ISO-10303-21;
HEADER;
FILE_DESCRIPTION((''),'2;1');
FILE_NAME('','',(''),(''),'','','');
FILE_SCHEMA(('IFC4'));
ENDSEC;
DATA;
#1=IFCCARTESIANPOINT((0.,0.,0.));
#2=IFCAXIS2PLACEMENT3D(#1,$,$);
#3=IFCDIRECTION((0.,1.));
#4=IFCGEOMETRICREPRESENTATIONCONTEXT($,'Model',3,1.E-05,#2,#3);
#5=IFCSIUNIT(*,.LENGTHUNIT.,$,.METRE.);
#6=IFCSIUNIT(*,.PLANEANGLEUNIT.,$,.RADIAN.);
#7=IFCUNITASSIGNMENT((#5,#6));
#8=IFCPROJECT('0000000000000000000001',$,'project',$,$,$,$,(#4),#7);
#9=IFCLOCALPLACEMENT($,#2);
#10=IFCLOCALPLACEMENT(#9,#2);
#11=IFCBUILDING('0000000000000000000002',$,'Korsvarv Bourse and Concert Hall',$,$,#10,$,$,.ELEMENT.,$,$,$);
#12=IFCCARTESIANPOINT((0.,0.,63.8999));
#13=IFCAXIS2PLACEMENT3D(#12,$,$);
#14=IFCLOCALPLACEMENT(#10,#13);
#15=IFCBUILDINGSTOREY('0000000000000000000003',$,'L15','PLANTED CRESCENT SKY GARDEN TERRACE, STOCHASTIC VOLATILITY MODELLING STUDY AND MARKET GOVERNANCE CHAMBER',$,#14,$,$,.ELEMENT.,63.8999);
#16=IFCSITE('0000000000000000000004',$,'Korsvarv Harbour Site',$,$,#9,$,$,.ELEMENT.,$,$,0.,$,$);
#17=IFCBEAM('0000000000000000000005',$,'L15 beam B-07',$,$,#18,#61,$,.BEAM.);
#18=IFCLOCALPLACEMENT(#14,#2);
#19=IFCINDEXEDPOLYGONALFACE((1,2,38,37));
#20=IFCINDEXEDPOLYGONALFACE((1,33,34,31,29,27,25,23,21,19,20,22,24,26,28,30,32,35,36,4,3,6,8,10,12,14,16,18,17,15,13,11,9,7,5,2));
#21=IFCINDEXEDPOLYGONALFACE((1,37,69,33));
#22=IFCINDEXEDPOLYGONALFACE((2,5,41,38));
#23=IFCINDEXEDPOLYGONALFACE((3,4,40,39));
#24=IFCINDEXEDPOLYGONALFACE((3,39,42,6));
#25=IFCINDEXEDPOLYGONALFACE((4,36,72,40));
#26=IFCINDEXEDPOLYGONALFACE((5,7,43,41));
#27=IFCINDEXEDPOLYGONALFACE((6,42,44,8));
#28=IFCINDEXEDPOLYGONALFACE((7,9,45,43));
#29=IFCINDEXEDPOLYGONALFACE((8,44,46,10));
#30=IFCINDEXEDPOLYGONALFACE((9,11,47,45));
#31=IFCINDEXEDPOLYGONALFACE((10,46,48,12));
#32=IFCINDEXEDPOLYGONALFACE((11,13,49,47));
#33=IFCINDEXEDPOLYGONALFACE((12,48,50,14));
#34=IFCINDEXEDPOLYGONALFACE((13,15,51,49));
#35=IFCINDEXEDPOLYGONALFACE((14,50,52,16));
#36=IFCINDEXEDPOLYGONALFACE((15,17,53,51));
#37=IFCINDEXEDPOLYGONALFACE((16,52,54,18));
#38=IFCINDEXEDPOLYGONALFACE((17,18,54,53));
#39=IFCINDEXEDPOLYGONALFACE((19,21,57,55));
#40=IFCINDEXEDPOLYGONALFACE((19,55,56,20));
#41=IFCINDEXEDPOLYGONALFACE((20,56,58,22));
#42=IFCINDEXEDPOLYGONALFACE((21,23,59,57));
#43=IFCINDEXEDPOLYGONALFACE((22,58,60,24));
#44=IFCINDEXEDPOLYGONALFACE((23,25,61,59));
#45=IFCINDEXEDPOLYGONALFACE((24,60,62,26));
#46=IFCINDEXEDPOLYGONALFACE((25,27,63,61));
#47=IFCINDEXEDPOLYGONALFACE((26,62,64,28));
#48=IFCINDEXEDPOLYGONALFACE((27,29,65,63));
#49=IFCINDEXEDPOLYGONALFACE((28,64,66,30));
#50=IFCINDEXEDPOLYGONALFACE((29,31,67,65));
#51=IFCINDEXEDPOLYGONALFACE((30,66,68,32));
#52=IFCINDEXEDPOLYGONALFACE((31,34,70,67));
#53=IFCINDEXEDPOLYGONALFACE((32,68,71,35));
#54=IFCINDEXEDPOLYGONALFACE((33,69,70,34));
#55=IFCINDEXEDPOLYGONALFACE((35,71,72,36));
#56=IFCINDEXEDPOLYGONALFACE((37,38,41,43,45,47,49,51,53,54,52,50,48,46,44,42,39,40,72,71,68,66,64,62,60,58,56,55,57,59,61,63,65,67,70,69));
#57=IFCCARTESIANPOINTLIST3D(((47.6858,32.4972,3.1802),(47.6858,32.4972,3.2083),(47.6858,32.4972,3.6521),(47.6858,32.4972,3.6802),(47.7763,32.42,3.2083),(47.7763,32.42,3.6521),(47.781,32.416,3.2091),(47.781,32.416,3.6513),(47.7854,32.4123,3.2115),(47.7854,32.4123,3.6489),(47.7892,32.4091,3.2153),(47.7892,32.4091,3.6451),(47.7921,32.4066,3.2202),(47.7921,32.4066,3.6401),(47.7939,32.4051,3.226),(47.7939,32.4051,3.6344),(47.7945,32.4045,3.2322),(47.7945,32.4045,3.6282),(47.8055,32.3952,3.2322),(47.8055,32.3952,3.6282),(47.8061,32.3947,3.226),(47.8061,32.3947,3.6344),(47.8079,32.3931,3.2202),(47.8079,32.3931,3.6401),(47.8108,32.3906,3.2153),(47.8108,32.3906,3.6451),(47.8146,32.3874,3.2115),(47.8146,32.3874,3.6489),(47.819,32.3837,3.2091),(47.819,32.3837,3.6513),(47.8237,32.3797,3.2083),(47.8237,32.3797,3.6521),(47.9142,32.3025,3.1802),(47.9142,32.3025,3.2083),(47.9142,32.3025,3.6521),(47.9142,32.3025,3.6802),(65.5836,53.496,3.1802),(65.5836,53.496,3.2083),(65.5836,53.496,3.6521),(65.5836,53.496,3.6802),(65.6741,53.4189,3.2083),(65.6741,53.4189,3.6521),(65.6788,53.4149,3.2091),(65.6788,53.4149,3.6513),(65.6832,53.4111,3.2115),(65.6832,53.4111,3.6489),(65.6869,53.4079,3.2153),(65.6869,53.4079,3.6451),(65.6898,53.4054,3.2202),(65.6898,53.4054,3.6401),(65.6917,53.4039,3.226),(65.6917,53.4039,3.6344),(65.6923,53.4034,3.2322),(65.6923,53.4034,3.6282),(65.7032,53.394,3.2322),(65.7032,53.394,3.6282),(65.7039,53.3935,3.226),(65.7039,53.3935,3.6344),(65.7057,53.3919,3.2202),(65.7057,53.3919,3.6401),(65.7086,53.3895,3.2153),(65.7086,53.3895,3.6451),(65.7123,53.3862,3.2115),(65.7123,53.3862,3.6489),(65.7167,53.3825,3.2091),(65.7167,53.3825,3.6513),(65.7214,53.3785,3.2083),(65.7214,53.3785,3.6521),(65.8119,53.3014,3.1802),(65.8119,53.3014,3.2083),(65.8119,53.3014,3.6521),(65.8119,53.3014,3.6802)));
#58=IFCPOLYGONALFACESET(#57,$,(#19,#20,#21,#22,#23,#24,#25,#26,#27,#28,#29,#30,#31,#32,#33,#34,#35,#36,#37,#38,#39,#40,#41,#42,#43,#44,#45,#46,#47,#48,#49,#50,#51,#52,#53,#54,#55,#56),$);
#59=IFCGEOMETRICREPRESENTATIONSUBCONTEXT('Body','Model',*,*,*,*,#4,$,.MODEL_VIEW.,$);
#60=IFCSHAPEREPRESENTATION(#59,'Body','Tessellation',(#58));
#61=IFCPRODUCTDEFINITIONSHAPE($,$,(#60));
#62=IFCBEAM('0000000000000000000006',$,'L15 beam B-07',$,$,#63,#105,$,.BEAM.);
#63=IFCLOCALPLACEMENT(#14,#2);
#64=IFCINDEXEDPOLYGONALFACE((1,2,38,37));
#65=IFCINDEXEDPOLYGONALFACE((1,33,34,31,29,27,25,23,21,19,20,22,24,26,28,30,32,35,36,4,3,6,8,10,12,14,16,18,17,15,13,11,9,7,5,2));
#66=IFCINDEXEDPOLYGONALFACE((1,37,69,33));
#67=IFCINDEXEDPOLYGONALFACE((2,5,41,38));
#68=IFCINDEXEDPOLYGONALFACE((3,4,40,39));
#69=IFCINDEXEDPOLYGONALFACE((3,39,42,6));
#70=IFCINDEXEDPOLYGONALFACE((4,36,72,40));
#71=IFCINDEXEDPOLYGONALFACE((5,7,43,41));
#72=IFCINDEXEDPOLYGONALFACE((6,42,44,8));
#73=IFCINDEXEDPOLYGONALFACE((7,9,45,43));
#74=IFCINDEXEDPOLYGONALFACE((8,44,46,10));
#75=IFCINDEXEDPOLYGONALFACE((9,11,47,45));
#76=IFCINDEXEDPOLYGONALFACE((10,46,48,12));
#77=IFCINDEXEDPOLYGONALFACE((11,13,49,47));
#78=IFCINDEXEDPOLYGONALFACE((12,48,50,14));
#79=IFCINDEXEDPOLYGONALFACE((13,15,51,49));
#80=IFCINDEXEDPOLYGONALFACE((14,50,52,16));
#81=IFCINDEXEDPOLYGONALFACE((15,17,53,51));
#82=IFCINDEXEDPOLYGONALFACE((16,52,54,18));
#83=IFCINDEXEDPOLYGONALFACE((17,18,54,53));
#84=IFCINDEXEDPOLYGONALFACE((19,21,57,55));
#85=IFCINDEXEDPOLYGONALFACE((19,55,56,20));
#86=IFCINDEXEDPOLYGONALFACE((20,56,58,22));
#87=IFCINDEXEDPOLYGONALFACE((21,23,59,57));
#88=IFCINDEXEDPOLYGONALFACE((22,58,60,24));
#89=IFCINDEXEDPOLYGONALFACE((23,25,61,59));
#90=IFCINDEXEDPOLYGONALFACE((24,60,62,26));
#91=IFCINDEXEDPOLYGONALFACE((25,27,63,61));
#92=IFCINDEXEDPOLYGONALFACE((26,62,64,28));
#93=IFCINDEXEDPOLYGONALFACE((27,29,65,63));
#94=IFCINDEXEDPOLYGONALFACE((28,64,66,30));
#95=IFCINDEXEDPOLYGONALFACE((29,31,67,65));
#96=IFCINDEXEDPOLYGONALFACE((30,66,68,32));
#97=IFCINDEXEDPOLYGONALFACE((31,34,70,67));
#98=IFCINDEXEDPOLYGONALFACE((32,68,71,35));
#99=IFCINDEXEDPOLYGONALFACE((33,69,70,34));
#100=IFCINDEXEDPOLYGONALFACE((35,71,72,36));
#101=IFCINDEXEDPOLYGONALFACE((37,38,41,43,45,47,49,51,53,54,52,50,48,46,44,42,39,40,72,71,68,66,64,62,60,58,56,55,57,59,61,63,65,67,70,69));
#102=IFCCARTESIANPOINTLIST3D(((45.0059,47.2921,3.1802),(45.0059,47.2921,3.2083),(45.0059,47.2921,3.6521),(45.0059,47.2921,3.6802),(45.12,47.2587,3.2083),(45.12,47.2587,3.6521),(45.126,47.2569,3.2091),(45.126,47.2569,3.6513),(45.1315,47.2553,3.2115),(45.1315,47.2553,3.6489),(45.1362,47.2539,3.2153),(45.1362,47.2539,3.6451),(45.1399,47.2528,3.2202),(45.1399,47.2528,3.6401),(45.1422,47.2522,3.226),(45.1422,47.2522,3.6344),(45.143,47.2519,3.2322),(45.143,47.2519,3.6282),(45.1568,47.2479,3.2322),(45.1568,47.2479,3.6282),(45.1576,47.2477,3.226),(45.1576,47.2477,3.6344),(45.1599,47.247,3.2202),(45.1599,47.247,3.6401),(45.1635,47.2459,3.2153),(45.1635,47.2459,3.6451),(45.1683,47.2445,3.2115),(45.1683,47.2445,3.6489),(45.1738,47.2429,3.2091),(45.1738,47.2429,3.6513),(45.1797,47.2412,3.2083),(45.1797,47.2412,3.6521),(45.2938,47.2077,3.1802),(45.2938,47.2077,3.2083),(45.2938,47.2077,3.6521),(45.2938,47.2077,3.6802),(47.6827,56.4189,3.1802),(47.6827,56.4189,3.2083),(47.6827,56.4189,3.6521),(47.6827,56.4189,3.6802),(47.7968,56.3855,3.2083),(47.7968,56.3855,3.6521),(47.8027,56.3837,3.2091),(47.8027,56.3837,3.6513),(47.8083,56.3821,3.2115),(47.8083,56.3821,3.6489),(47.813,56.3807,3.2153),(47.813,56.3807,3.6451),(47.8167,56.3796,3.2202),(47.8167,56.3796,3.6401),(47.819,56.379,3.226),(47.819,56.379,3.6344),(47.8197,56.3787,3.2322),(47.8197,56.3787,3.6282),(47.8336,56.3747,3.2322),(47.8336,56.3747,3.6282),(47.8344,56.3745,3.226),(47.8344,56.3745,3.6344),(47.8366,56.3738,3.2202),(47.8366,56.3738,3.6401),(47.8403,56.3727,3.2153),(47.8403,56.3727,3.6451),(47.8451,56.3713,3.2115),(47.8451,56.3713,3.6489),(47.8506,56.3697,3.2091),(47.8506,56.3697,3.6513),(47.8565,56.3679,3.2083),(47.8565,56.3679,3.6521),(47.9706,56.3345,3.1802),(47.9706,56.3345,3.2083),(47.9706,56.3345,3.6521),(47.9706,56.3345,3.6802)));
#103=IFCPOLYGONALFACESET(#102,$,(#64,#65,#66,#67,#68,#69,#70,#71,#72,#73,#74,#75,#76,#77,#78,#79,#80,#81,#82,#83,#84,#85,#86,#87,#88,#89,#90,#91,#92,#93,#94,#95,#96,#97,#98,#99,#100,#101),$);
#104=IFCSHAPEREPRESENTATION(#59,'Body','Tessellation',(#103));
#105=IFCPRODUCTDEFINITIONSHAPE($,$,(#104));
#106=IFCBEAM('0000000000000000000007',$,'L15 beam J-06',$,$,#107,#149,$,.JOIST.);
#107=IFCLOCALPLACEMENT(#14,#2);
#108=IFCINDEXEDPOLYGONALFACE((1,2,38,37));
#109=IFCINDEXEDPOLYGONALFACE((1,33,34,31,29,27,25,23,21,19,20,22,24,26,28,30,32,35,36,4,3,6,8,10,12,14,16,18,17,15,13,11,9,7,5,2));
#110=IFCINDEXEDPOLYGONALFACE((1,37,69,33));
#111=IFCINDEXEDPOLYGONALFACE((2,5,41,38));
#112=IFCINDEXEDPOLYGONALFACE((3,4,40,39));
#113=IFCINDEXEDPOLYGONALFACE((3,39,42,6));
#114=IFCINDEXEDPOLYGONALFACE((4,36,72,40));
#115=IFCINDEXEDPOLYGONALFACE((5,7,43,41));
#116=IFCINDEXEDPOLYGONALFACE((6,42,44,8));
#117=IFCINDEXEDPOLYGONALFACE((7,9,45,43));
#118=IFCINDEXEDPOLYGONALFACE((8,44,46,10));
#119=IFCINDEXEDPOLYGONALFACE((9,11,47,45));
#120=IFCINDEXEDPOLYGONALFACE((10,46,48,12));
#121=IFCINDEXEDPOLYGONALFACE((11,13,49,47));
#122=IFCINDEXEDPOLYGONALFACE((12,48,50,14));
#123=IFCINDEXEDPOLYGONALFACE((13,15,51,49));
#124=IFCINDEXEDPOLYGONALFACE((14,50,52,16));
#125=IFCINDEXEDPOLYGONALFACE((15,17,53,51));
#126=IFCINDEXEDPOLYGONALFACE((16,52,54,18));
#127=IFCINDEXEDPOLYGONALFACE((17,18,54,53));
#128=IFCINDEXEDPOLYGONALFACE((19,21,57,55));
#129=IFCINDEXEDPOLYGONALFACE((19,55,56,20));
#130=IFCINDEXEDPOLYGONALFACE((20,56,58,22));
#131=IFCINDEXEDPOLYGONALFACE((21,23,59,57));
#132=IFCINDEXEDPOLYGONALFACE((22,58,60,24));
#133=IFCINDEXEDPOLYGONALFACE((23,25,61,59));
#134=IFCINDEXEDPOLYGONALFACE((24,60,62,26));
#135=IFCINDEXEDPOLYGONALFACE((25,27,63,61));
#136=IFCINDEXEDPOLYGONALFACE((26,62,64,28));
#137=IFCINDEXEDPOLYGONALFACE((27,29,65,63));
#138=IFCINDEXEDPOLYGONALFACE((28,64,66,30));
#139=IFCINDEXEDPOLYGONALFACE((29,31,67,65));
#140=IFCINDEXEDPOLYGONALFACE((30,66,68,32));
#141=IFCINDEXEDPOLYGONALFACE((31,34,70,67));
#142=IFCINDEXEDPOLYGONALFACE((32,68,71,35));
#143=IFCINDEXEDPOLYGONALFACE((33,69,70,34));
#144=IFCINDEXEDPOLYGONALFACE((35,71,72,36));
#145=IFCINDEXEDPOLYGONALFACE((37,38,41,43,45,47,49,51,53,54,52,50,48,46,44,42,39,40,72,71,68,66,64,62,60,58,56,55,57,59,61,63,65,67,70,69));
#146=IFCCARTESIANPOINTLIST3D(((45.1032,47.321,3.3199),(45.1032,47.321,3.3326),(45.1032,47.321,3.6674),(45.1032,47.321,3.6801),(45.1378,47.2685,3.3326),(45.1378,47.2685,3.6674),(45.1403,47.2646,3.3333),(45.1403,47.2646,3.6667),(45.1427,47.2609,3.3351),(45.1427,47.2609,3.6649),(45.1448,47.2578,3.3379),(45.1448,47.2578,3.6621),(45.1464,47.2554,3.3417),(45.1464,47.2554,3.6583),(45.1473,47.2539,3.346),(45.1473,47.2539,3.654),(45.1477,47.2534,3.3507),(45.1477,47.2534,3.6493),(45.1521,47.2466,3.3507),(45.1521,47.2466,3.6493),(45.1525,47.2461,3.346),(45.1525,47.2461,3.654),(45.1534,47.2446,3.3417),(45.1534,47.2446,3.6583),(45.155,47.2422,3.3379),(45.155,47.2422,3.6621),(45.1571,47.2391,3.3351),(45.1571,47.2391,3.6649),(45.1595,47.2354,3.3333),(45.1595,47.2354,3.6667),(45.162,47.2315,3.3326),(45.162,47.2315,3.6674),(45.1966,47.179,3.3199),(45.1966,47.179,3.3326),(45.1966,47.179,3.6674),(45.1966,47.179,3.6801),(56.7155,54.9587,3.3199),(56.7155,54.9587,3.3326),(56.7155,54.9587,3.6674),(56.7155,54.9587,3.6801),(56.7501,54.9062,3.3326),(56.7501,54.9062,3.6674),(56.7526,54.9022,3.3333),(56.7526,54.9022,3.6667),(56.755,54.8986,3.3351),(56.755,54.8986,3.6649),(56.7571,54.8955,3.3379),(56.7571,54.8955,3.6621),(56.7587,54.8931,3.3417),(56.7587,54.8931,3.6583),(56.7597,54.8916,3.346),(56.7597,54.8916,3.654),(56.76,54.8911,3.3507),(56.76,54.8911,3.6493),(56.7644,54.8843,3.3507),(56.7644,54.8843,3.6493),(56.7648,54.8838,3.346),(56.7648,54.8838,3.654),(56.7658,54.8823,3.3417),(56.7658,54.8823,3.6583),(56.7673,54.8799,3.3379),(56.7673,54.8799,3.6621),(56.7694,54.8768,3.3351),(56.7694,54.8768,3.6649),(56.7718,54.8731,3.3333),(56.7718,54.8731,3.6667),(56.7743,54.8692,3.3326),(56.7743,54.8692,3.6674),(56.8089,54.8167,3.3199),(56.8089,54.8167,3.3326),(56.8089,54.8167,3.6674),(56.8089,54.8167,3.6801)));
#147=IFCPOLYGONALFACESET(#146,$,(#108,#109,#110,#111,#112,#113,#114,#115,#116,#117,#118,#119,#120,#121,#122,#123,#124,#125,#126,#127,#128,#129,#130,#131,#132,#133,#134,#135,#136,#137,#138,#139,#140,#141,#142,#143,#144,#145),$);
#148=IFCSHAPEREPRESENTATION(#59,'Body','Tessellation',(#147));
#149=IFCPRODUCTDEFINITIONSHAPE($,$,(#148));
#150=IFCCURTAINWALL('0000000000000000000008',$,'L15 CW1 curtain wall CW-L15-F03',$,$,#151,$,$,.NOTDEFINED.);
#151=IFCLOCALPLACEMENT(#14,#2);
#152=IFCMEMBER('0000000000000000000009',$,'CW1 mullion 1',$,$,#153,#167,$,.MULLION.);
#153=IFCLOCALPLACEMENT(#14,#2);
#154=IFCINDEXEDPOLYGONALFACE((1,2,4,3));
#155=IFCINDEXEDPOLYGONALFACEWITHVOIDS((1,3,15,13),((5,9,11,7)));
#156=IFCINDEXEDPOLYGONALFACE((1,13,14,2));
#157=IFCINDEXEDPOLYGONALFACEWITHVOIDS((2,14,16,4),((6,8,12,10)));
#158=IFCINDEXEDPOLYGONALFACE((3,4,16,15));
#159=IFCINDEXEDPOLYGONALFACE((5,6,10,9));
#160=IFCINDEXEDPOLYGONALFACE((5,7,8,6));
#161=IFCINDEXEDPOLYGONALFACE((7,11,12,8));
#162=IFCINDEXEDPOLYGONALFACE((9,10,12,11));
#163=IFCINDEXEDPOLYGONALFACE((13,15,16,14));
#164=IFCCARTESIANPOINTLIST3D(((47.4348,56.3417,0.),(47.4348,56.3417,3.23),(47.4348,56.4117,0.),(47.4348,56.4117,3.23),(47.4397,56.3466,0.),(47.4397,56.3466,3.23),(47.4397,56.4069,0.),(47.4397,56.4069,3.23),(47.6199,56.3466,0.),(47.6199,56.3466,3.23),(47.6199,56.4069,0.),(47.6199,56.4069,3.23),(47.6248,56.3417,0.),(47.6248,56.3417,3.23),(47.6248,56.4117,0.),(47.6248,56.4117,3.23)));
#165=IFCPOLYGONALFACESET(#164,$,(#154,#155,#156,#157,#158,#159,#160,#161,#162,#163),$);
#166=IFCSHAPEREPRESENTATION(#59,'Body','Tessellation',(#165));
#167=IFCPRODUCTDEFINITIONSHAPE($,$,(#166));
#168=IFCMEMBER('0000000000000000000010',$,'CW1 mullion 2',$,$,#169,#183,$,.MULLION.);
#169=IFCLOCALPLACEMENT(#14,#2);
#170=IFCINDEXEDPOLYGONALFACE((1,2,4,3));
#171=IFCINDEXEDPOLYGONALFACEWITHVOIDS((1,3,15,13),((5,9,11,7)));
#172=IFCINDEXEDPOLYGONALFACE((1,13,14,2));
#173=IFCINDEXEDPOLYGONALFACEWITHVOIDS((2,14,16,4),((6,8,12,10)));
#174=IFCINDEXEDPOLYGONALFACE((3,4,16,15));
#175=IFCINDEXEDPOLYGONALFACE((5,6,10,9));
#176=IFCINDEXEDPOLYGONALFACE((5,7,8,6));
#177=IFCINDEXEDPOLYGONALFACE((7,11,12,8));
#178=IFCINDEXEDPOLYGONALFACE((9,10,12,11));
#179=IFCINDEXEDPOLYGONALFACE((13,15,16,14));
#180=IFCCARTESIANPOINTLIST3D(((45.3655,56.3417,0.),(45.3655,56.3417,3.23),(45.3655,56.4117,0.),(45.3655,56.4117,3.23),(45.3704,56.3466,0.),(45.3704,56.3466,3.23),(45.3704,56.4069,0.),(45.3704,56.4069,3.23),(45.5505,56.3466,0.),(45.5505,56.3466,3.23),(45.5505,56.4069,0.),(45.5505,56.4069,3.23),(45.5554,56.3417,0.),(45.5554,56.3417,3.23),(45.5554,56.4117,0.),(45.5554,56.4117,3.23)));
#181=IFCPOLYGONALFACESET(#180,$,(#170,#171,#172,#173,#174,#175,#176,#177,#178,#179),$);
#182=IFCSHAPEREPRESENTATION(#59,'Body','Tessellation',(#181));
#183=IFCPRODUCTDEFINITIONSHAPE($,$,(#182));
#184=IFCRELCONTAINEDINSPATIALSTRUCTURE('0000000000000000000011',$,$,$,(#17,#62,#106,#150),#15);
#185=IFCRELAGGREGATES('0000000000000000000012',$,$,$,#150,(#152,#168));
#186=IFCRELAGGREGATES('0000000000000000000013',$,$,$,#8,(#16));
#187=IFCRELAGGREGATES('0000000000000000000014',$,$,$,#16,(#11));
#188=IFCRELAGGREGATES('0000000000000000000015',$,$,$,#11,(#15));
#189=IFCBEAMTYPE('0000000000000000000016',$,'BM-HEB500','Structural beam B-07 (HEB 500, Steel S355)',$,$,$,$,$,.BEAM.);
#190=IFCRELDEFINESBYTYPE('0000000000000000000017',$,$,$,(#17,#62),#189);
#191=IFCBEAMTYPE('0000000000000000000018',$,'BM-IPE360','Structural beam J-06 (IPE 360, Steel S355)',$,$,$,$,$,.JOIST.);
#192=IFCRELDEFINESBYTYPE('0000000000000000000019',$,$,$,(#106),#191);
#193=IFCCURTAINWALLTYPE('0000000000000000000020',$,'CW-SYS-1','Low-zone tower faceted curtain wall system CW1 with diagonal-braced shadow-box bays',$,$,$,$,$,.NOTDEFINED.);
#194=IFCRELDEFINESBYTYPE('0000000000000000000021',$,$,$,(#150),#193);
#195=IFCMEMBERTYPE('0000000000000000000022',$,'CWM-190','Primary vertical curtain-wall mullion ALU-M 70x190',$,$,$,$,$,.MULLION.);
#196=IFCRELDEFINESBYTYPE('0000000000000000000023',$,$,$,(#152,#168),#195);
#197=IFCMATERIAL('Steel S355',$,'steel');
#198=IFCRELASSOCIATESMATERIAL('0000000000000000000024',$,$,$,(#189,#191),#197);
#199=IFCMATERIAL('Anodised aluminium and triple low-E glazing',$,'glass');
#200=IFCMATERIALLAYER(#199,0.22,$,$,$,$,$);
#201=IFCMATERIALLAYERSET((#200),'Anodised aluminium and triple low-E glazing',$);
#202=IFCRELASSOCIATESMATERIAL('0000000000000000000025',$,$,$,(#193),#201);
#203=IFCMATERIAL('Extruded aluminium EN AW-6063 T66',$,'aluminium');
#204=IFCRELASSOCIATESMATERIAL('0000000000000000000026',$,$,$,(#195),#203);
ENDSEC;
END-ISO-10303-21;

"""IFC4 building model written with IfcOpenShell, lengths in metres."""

from ifc_helpers import new_model, si_unit, direction, frame, origin, origin_2d, place, context, subcontext, project, spatial, hollow_rectangle, i_section, extrude, source, transform, mapped, material, layer, layer_set, material_profile, profile_set, type_object, element, aggregate, save


model = new_model("IFC4")

# Units and contexts
model_context = context("Model", 3, precision=1e-05, world=origin(), true_north=direction((0.0, 1.0)))
body_context = subcontext(model_context, "Body", "Model", "MODEL_VIEW")
ifc_project = project(units=[si_unit("LENGTHUNIT", "METRE"), si_unit("PLANEANGLEUNIT", "RADIAN")], contexts=[model_context])

# Site, building, storey
site_placement = place(None, origin())
site = spatial("IfcSite", under=ifc_project, at=site_placement, Name="Korsvarv Harbour Site", CompositionType="ELEMENT", RefElevation=0.0)
building_placement = place(site_placement, origin())
building = spatial("IfcBuilding", under=site, at=building_placement, Name="Korsvarv Bourse and Concert Hall", CompositionType="ELEMENT")
storey_placement = place(building_placement, frame((0.0, 0.0, 63.8999)))
storey = spatial("IfcBuildingStorey", under=building, at=storey_placement, Name="L15", Description="PLANTED CRESCENT SKY GARDEN TERRACE, STOCHASTIC VOLATILITY MODELLING STUDY AND MARKET GOVERNANCE CHAMBER", CompositionType="ELEMENT", Elevation=63.8999)

# Beams
ifc_material_1 = material(Name="Steel S355", Category="steel")
ifc_material_profile_1 = material_profile(ifc_material_1, i_section(OverallWidth=0.3, OverallDepth=0.5, WebThickness=0.0144, FlangeThickness=0.0281, FilletRadius=0.0239, at=origin_2d()), Name="HEB 500")
ifc_profile_set_1 = profile_set([ifc_material_profile_1], Name="Steel S355")
beam_type_1 = type_object("IfcBeamType", Name="BM-HEB500", Description="Structural beam B-07 (HEB 500, Steel S355)", PredefinedType="BEAM", material=ifc_profile_set_1)
shared_shape_1 = source(origin(), body_context, "Body", "SweptSolid", [
    extrude(i_section(OverallWidth=0.3, OverallDepth=0.5, WebThickness=0.0144, FlangeThickness=0.0281, FilletRadius=0.0239, at=origin_2d()), origin(), (0.0, 0.0, 1.0), 27.5913),
])
beam_1_placement = place(storey_placement, frame((65.6978, 53.3987, 3.4302), z_axis=(-0.648673, -0.761067, 0.0), x_axis=(0.761067, -0.648673, 0.0)))
element("IfcBeam", 1, at=beam_1_placement, inside=storey, type_object=beam_type_1, Name="L15 beam B-07", PredefinedType="BEAM", context=body_context, shape_type="MappedRepresentation", body=[
    mapped(shared_shape_1, transform((0.0, 0.0, 0.0), scale=1.0)),
])
shared_shape_2 = source(origin(), body_context, "Body", "SweptSolid", [
    extrude(i_section(OverallWidth=0.3, OverallDepth=0.5, WebThickness=0.0144, FlangeThickness=0.0281, FilletRadius=0.0239, at=origin_2d()), origin(), (0.0, 0.0, 1.0), 9.5112),
])
beam_2_placement = place(storey_placement, frame((47.8267, 56.3767, 3.4302), z_axis=(-0.281434, -0.959581, 0.0), x_axis=(0.959581, -0.281434, 0.0)))
element("IfcBeam", 2, at=beam_2_placement, inside=storey, type_object=beam_type_1, Name="L15 beam B-07", PredefinedType="BEAM", context=body_context, shape_type="MappedRepresentation", body=[
    mapped(shared_shape_2, transform((0.0, 0.0, 0.0), scale=1.0)),
])
ifc_material_profile_2 = material_profile(ifc_material_1, i_section(OverallWidth=0.1699, OverallDepth=0.3601, WebThickness=0.0081, FlangeThickness=0.0127, FilletRadius=0.0181, at=origin_2d()), Name="IPE 360")
ifc_profile_set_2 = profile_set([ifc_material_profile_2], Name="Steel S355")
beam_type_2 = type_object("IfcBeamType", Name="BM-IPE360", Description="Structural beam J-06 (IPE 360, Steel S355)", PredefinedType="JOIST", material=ifc_profile_set_2)
shared_shape_3 = source(origin(), body_context, "Body", "SweptSolid", [
    extrude(i_section(OverallWidth=0.1699, OverallDepth=0.3601, WebThickness=0.0081, FlangeThickness=0.0127, FilletRadius=0.0181, at=origin_2d()), origin(), (0.0, 0.0, 1.0), 13.8989),
])
beam_3_placement = place(storey_placement, frame((56.7622, 54.8877, 3.5), z_axis=(-0.835482, -0.549517, 0.0), x_axis=(0.549517, -0.835482, 0.0)))
element("IfcBeam", 3, at=beam_3_placement, inside=storey, type_object=beam_type_2, Name="L15 beam J-06", PredefinedType="JOIST", context=body_context, shape_type="MappedRepresentation", body=[
    mapped(shared_shape_3, transform((0.0, 0.0, 0.0), scale=1.0)),
])

# Curtain wall, members
ifc_material_2 = material(Name="Anodised aluminium and triple low-E glazing", Category="glass")
ifc_layer_1 = layer(ifc_material_2, 0.22)
ifc_layer_set_1 = layer_set([ifc_layer_1], Name="Anodised aluminium and triple low-E glazing")
curtain_wall_type = type_object("IfcCurtainWallType", Name="CW-SYS-1", Description="Low-zone tower faceted curtain wall system CW1 with diagonal-braced shadow-box bays", PredefinedType="NOTDEFINED", material=ifc_layer_set_1)
curtain_wall_placement = place(storey_placement, origin())
curtain_wall = element("IfcCurtainWall", 4, at=curtain_wall_placement, inside=storey, type_object=curtain_wall_type, Name="L15 CW1 curtain wall CW-L15-F03", PredefinedType="NOTDEFINED")
ifc_material_3 = material(Name="Extruded aluminium EN AW-6063 T66", Category="aluminium")
ifc_material_profile_3 = material_profile(ifc_material_3, hollow_rectangle(XDim=0.0701, YDim=0.1899, WallThickness=0.0049, at=origin_2d()), Name="ALU-M 70x190")
ifc_profile_set_3 = profile_set([ifc_material_profile_3], Name="Extruded aluminium EN AW-6063 T66")
member_type_1 = type_object("IfcMemberType", Name="CWM-190", Description="Primary vertical curtain-wall mullion ALU-M 70x190", PredefinedType="MULLION", material=ifc_profile_set_3)
shared_shape_4 = source(origin(), body_context, "Body", "SweptSolid", [
    extrude(hollow_rectangle(XDim=0.0701, YDim=0.1899, WallThickness=0.0049, at=origin_2d()), origin(), (0.0, 0.0, 1.0), 3.23),
])
member_1_placement = place(storey_placement, frame((47.5298, 56.3767, 0.0), z_axis=(0.0, 0.0, 1.0), x_axis=(0.0, -1.0, 0.0)))
member_1 = element("IfcMember", 5, at=member_1_placement, type_object=member_type_1, Name="CW1 mullion 1", PredefinedType="MULLION", context=body_context, shape_type="MappedRepresentation", body=[
    mapped(shared_shape_4, transform((0.0, 0.0, 0.0), scale=1.0)),
])
member_2_placement = place(storey_placement, frame((45.4604, 56.3767, 0.0), z_axis=(0.0, 0.0, 1.0), x_axis=(0.0, -1.0, 0.0)))
member_2 = element("IfcMember", 6, at=member_2_placement, type_object=member_type_1, Name="CW1 mullion 2", PredefinedType="MULLION", context=body_context, shape_type="MappedRepresentation", body=[
    mapped(shared_shape_4, transform((0.0, 0.0, 0.0), scale=1.0)),
])
aggregate(curtain_wall, [member_1, member_2])

save(model, "model.ifc")
